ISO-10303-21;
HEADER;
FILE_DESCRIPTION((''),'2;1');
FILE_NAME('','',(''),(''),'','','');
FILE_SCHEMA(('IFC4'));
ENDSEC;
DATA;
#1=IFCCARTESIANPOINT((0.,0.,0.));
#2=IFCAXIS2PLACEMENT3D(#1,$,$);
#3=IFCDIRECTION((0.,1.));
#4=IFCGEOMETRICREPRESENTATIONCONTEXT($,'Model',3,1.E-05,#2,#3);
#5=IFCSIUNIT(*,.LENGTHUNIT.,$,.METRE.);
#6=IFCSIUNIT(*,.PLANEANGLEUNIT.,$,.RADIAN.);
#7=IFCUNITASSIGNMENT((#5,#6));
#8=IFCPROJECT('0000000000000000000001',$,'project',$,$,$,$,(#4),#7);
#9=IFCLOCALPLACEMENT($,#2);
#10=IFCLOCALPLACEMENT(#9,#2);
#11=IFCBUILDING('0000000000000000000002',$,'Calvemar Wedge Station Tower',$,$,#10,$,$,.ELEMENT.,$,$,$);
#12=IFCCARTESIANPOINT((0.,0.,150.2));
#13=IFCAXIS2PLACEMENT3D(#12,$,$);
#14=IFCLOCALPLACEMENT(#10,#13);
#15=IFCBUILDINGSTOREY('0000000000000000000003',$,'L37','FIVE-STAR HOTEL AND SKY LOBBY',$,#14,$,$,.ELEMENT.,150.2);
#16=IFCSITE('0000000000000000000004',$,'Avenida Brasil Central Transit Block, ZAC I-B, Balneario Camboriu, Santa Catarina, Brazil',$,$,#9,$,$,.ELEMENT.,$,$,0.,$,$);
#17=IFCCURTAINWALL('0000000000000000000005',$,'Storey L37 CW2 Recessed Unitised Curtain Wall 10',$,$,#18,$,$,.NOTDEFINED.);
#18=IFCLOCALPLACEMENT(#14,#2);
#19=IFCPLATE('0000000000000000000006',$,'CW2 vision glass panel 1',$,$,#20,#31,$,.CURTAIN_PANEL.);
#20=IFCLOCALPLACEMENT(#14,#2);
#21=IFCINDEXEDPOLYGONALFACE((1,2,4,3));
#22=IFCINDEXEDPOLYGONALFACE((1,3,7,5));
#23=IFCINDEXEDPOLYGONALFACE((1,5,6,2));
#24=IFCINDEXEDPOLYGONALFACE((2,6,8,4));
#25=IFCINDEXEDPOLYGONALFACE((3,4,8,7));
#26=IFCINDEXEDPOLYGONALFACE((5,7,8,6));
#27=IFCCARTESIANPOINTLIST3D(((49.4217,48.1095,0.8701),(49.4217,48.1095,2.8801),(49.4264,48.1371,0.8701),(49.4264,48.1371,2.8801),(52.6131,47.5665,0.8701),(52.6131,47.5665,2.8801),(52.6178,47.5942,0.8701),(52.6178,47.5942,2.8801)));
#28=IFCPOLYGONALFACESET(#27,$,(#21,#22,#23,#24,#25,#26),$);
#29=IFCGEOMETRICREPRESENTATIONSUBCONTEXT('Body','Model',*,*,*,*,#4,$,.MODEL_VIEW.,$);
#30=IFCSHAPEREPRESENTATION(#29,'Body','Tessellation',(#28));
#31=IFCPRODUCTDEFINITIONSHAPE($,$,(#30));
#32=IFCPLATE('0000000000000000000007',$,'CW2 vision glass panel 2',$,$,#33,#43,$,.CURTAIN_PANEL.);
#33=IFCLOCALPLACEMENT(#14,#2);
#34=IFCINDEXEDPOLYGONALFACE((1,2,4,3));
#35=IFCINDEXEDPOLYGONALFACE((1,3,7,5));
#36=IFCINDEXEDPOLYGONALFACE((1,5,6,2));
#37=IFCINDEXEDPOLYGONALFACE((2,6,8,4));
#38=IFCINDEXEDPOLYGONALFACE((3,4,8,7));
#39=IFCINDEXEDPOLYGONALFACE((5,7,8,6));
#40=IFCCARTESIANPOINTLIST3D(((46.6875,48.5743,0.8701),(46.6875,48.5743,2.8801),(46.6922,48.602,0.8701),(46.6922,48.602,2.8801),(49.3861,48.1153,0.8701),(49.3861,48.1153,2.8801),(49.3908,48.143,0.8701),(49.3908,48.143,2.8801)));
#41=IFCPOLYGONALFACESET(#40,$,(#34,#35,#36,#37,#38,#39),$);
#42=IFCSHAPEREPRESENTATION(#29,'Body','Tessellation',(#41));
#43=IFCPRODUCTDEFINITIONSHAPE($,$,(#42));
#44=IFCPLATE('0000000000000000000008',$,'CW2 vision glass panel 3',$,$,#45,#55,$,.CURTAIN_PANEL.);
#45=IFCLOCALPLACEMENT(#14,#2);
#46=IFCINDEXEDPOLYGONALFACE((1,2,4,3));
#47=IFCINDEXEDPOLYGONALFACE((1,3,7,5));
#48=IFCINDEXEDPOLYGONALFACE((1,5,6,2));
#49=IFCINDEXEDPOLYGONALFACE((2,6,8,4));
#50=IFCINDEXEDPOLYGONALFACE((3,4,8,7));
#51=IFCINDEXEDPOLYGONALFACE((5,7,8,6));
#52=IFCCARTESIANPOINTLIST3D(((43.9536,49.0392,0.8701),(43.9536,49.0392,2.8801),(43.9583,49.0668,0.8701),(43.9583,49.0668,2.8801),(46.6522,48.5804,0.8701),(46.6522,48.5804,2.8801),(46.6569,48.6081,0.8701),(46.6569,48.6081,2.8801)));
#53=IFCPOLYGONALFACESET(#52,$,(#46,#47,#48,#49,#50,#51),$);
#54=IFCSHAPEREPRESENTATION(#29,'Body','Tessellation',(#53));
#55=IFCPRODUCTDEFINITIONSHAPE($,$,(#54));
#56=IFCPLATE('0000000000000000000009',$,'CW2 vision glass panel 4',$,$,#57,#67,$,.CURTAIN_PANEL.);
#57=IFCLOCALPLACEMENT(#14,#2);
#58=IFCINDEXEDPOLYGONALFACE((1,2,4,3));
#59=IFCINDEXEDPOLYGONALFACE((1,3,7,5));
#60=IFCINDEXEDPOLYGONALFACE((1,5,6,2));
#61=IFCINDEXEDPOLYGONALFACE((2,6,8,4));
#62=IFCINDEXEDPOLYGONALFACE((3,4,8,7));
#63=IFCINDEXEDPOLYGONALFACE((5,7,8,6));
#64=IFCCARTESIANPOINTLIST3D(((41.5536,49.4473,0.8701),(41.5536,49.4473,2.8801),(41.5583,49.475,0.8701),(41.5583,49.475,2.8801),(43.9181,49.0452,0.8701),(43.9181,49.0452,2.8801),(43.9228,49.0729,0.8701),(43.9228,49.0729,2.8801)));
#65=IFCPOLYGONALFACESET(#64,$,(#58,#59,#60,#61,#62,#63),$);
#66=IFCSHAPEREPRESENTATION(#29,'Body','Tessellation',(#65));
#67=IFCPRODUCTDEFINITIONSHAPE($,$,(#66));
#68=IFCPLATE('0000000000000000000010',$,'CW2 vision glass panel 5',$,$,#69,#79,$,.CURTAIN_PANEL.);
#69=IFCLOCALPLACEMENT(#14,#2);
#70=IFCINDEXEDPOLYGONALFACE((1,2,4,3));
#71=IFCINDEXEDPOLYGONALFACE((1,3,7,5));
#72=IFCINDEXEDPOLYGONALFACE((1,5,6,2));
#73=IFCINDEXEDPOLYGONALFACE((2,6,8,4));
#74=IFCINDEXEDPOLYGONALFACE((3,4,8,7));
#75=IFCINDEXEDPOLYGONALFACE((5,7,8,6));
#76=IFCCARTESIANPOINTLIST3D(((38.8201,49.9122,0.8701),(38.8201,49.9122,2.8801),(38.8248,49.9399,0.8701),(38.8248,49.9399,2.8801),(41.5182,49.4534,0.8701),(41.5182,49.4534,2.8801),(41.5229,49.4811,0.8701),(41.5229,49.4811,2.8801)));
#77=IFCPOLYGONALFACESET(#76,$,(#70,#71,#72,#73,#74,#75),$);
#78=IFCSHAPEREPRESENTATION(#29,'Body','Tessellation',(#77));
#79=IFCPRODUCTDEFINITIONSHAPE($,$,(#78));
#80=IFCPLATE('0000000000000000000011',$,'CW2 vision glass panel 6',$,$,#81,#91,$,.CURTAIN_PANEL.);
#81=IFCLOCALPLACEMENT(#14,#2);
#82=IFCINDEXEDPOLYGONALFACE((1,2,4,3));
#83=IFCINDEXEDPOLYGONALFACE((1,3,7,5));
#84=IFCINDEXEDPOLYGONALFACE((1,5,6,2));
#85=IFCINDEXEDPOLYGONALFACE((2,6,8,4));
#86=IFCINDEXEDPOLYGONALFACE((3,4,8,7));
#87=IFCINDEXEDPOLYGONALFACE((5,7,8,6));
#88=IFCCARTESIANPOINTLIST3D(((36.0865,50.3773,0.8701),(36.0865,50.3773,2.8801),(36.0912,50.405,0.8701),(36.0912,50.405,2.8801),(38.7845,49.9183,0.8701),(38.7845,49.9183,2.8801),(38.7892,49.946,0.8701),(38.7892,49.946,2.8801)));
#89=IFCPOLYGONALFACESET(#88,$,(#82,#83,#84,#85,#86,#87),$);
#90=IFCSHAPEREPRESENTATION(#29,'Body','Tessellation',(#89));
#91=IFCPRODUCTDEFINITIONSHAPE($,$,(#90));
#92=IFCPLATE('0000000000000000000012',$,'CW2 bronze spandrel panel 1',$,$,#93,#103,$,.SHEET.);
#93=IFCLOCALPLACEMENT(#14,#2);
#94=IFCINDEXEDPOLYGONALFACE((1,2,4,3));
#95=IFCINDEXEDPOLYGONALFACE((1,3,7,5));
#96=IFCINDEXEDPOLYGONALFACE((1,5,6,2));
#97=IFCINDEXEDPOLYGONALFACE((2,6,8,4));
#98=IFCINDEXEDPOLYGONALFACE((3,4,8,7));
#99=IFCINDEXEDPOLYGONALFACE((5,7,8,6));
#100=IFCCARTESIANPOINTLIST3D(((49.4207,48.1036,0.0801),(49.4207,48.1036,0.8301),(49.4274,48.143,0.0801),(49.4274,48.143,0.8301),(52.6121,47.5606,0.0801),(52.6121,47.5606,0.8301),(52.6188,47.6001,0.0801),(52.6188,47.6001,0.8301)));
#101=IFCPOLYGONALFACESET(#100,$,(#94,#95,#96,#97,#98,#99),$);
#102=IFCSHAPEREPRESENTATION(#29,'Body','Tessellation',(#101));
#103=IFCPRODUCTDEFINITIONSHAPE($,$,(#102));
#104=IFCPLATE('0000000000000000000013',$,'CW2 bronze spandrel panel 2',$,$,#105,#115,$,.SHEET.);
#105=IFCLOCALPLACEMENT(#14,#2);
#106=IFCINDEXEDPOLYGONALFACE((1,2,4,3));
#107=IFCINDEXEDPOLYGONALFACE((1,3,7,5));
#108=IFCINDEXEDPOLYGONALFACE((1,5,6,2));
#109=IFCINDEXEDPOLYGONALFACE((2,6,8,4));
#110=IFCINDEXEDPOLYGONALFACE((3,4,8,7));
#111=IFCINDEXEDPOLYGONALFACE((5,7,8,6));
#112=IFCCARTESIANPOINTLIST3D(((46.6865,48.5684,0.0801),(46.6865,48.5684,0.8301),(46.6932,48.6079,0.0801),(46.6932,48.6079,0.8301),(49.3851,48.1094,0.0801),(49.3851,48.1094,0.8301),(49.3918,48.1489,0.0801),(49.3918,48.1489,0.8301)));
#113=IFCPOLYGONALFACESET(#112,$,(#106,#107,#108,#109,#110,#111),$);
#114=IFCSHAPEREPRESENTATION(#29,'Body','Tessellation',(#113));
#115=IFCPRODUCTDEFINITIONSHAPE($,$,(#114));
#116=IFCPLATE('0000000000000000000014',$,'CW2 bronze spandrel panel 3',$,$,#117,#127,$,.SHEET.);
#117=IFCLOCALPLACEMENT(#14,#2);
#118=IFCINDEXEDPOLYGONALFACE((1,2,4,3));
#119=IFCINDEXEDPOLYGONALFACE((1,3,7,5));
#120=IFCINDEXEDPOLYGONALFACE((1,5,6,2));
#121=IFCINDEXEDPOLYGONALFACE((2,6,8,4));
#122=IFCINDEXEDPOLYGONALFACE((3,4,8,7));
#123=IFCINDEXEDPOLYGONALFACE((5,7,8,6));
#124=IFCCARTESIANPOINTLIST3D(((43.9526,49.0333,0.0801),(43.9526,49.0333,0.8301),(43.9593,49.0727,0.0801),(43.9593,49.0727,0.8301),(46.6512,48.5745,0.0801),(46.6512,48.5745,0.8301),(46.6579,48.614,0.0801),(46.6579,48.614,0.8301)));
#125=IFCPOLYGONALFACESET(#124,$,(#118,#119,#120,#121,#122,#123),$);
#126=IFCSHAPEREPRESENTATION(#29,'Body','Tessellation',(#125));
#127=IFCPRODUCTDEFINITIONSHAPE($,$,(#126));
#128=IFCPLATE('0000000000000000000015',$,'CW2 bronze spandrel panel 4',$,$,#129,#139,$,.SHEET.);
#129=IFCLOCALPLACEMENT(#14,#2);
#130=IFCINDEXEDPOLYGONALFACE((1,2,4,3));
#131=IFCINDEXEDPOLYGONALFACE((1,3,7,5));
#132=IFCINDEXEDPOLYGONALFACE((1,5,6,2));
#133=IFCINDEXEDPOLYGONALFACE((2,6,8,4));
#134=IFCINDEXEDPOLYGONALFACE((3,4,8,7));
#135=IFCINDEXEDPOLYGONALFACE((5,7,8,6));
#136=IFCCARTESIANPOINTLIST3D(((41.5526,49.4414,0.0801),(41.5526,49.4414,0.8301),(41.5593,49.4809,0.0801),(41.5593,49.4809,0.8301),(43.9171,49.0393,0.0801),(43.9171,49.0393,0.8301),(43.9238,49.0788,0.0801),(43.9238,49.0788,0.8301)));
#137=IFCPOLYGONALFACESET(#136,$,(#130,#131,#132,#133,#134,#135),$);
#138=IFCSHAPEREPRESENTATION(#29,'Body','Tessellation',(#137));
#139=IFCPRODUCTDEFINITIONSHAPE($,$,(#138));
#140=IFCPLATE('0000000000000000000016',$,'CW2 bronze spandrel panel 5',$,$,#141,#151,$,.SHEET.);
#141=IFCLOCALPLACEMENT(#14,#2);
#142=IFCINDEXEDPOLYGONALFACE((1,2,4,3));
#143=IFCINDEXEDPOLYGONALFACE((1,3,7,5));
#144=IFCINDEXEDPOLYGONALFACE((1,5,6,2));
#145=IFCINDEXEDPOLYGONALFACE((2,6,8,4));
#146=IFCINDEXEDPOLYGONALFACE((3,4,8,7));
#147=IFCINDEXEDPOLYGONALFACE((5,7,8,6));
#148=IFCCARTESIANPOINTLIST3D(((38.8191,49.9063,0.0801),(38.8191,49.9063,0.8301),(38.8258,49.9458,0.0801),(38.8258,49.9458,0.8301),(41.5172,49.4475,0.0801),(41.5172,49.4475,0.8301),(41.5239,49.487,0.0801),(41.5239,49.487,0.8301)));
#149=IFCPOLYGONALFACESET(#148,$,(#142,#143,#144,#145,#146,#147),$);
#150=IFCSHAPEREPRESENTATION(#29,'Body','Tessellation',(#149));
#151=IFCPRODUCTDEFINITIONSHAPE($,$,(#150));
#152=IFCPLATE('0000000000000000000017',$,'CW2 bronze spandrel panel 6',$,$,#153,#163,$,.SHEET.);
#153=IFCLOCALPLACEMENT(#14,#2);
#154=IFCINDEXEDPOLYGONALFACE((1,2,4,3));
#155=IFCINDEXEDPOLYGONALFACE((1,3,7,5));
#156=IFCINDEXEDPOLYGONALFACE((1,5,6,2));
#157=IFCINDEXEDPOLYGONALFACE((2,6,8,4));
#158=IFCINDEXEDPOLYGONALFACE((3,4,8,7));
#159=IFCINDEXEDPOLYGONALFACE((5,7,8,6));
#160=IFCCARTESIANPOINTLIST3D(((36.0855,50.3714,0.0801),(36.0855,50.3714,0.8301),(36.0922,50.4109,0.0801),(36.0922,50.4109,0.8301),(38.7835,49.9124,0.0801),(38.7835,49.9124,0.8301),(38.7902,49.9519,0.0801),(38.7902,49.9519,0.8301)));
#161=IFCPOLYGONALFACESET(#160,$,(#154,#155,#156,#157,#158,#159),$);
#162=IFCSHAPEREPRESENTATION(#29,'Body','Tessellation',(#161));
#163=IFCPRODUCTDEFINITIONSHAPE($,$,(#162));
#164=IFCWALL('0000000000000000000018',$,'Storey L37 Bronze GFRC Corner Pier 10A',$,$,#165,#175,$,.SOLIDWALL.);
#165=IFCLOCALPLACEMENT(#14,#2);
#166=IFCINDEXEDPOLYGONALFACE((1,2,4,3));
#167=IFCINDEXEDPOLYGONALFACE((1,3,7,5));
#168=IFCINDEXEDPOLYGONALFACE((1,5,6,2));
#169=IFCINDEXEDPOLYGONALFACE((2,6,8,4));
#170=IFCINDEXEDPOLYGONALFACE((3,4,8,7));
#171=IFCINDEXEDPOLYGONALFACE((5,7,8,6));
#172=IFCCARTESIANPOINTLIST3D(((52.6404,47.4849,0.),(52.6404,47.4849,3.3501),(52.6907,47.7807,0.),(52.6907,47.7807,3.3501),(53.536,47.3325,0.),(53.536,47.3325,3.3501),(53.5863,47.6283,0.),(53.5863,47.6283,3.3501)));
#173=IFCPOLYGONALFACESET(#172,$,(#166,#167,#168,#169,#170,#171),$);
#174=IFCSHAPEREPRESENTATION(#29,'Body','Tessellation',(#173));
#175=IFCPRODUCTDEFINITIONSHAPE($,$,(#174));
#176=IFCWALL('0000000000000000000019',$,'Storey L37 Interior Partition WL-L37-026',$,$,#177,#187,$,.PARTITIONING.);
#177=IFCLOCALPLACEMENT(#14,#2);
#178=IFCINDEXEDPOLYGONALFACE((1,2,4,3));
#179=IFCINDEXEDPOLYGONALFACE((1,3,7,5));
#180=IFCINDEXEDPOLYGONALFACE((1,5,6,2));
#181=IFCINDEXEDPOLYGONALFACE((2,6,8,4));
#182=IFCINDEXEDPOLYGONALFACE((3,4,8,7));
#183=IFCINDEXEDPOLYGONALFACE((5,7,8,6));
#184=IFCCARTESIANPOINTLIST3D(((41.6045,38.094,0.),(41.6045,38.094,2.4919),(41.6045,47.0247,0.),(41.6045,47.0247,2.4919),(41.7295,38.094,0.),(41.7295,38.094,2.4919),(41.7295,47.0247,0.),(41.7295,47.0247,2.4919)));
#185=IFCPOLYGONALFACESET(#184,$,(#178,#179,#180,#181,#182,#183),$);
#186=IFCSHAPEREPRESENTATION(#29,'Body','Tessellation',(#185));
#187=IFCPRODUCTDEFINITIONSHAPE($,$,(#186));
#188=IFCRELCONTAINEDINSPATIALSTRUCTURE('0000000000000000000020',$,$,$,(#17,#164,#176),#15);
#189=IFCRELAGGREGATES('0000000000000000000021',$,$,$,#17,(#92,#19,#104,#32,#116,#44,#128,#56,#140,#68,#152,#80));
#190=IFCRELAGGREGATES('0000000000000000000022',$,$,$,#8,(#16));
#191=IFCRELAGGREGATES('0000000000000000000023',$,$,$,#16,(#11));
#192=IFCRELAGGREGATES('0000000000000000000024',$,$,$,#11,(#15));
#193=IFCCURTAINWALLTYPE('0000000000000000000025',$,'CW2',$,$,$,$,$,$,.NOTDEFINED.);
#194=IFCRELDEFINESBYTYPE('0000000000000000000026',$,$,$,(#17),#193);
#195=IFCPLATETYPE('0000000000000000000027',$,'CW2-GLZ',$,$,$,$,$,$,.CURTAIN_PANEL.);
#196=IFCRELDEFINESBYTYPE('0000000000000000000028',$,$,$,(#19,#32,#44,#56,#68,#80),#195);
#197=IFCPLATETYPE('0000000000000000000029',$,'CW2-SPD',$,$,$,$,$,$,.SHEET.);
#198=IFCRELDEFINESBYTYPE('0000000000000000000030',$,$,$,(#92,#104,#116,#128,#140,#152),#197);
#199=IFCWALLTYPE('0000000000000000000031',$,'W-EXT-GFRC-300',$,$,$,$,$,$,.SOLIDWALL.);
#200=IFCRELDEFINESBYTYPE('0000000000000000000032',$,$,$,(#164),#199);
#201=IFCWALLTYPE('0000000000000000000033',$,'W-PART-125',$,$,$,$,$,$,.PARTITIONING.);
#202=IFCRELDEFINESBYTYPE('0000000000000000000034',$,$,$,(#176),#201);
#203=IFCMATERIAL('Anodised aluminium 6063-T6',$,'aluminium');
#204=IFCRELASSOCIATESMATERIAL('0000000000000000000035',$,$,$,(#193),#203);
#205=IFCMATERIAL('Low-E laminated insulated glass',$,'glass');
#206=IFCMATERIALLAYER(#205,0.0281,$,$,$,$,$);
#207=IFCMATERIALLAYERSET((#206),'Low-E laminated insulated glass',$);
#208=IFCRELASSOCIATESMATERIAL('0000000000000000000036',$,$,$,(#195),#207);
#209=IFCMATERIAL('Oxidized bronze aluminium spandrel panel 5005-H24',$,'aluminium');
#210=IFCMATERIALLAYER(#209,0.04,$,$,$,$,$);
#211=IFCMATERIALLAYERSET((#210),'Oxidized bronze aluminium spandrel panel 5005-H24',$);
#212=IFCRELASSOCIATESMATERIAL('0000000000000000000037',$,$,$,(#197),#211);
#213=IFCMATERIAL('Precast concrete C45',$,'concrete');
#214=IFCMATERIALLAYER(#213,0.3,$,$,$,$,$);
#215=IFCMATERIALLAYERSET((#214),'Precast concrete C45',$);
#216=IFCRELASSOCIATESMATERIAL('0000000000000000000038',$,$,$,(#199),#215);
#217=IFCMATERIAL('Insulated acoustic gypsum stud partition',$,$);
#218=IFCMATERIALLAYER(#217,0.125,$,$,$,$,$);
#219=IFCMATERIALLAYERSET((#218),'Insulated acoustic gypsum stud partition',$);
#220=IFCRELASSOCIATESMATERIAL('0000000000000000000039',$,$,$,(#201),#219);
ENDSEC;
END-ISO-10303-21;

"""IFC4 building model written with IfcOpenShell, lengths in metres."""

from ifc_helpers import new_model, si_unit, direction, frame, frame_2d, origin, place, context, subcontext, project, spatial, rectangle, extrude, material, layer, layer_set, type_object, element, aggregate, save


model = new_model("IFC4")

# Units and contexts
model_context = context("Model", 3, precision=1e-05, world=origin(), true_north=direction((0.0, 1.0)))
body_context = subcontext(model_context, "Body", "Model", "MODEL_VIEW")
ifc_project = project(units=[si_unit("LENGTHUNIT", "METRE"), si_unit("PLANEANGLEUNIT", "RADIAN")], contexts=[model_context])

# Site, building, storey
site_placement = place(None, origin())
site = spatial("IfcSite", under=ifc_project, at=site_placement, Name="Avenida Brasil Central Transit Block, ZAC I-B, Balneario Camboriu, Santa Catarina, Brazil", CompositionType="ELEMENT", RefElevation=0.0)
building_placement = place(site_placement, origin())
building = spatial("IfcBuilding", under=site, at=building_placement, Name="Calvemar Wedge Station Tower", CompositionType="ELEMENT")
storey_placement = place(building_placement, frame((0.0, 0.0, 150.2)))
storey = spatial("IfcBuildingStorey", under=building, at=storey_placement, Name="L37", Description="FIVE-STAR HOTEL AND SKY LOBBY", CompositionType="ELEMENT", Elevation=150.2)

# Curtain wall, plates
ifc_material_1 = material(Name="Anodised aluminium 6063-T6", Category="aluminium")
curtain_wall_type = type_object("IfcCurtainWallType", Name="CW2", PredefinedType="NOTDEFINED", material=ifc_material_1)
curtain_wall_placement = place(storey_placement, origin())
curtain_wall = element("IfcCurtainWall", 1, at=curtain_wall_placement, inside=storey, type_object=curtain_wall_type, Name="Storey L37 CW2 Recessed Unitised Curtain Wall 10", PredefinedType="NOTDEFINED")
ifc_material_2 = material(Name="Low-E laminated insulated glass", Category="glass")
ifc_layer_1 = layer(ifc_material_2, 0.0281)
ifc_layer_set_1 = layer_set([ifc_layer_1], Name="Low-E laminated insulated glass")
plate_type_1 = type_object("IfcPlateType", Name="CW2-GLZ", PredefinedType="CURTAIN_PANEL", material=ifc_layer_set_1)
plate_1_placement = place(storey_placement, frame((52.6155, 47.5803, 0.8701), z_axis=(0.0, 0.0, 1.0), x_axis=(-0.985834, 0.167724, 0.0)))
plate_1 = element("IfcPlate", 2, at=plate_1_placement, type_object=plate_type_1, Name="CW2 vision glass panel 1", PredefinedType="CURTAIN_PANEL", context=body_context, shape_type="SweptSolid", body=[
    extrude(rectangle(XDim=3.2373, YDim=0.0281, at=frame_2d((1.6187, 0.0))), origin(), (0.0, 0.0, 1.0), 2.01),
])
plate_2_placement = place(storey_placement, frame((49.3884, 48.1292, 0.8701), z_axis=(0.0, 0.0, 1.0), x_axis=(-0.985841, 0.167681, 0.0)))
plate_2 = element("IfcPlate", 3, at=plate_2_placement, type_object=plate_type_1, Name="CW2 vision glass panel 2", PredefinedType="CURTAIN_PANEL", context=body_context, shape_type="SweptSolid", body=[
    extrude(rectangle(XDim=2.7373, YDim=0.0281, at=frame_2d((1.3687, 0.0))), origin(), (0.0, 0.0, 1.0), 2.01),
])
plate_3_placement = place(storey_placement, frame((46.6545, 48.5942, 0.8701), z_axis=(0.0, 0.0, 1.0), x_axis=(-0.985856, 0.167595, 0.0)))
plate_3 = element("IfcPlate", 4, at=plate_3_placement, type_object=plate_type_1, Name="CW2 vision glass panel 3", PredefinedType="CURTAIN_PANEL", context=body_context, shape_type="SweptSolid", body=[
    extrude(rectangle(XDim=2.7373, YDim=0.0281, at=frame_2d((1.3687, 0.0))), origin(), (0.0, 0.0, 1.0), 2.01),
])
plate_4_placement = place(storey_placement, frame((43.9204, 49.0591, 0.8701), z_axis=(0.0, 0.0, 1.0), x_axis=(-0.985847, 0.16765, 0.0)))
plate_4 = element("IfcPlate", 5, at=plate_4_placement, type_object=plate_type_1, Name="CW2 vision glass panel 4", PredefinedType="CURTAIN_PANEL", context=body_context, shape_type="SweptSolid", body=[
    extrude(rectangle(XDim=2.3984, YDim=0.0281, at=frame_2d((1.1992, 0.0))), origin(), (0.0, 0.0, 1.0), 2.01),
])
plate_5_placement = place(storey_placement, frame((41.5205, 49.4673, 0.8701), z_axis=(0.0, 0.0, 1.0), x_axis=(-0.985851, 0.167624, 0.0)))
plate_5 = element("IfcPlate", 6, at=plate_5_placement, type_object=plate_type_1, Name="CW2 vision glass panel 5", PredefinedType="CURTAIN_PANEL", context=body_context, shape_type="SweptSolid", body=[
    extrude(rectangle(XDim=2.7368, YDim=0.0281, at=frame_2d((1.3684, 0.0))), origin(), (0.0, 0.0, 1.0), 2.01),
])
plate_6_placement = place(storey_placement, frame((38.7869, 49.9321, 0.8701), z_axis=(0.0, 0.0, 1.0), x_axis=(-0.985836, 0.167711, 0.0)))
plate_6 = element("IfcPlate", 7, at=plate_6_placement, type_object=plate_type_1, Name="CW2 vision glass panel 6", PredefinedType="CURTAIN_PANEL", context=body_context, shape_type="SweptSolid", body=[
    extrude(rectangle(XDim=2.7368, YDim=0.0281, at=frame_2d((1.3684, 0.0))), origin(), (0.0, 0.0, 1.0), 2.01),
])
ifc_material_3 = material(Name="Oxidized bronze aluminium spandrel panel 5005-H24", Category="aluminium")
ifc_layer_2 = layer(ifc_material_3, 0.04)
ifc_layer_set_2 = layer_set([ifc_layer_2], Name="Oxidized bronze aluminium spandrel panel 5005-H24")
plate_type_2 = type_object("IfcPlateType", Name="CW2-SPD", PredefinedType="SHEET", material=ifc_layer_set_2)
plate_7_placement = place(storey_placement, frame((52.6155, 47.5803, 0.0801), z_axis=(0.0, 0.0, 1.0), x_axis=(-0.985834, 0.167724, 0.0)))
plate_7 = element("IfcPlate", 8, at=plate_7_placement, type_object=plate_type_2, Name="CW2 bronze spandrel panel 1", PredefinedType="SHEET", context=body_context, shape_type="SweptSolid", body=[
    extrude(rectangle(XDim=3.2373, YDim=0.04, at=frame_2d((1.6187, 0.0))), origin(), (0.0, 0.0, 1.0), 0.75),
])
plate_8_placement = place(storey_placement, frame((49.3884, 48.1292, 0.0801), z_axis=(0.0, 0.0, 1.0), x_axis=(-0.985841, 0.167681, 0.0)))
plate_8 = element("IfcPlate", 9, at=plate_8_placement, type_object=plate_type_2, Name="CW2 bronze spandrel panel 2", PredefinedType="SHEET", context=body_context, shape_type="SweptSolid", body=[
    extrude(rectangle(XDim=2.7373, YDim=0.04, at=frame_2d((1.3687, 0.0))), origin(), (0.0, 0.0, 1.0), 0.75),
])
plate_9_placement = place(storey_placement, frame((46.6545, 48.5942, 0.0801), z_axis=(0.0, 0.0, 1.0), x_axis=(-0.985856, 0.167595, 0.0)))
plate_9 = element("IfcPlate", 10, at=plate_9_placement, type_object=plate_type_2, Name="CW2 bronze spandrel panel 3", PredefinedType="SHEET", context=body_context, shape_type="SweptSolid", body=[
    extrude(rectangle(XDim=2.7373, YDim=0.04, at=frame_2d((1.3687, 0.0))), origin(), (0.0, 0.0, 1.0), 0.75),
])
plate_10_placement = place(storey_placement, frame((43.9204, 49.0591, 0.0801), z_axis=(0.0, 0.0, 1.0), x_axis=(-0.985847, 0.16765, 0.0)))
plate_10 = element("IfcPlate", 11, at=plate_10_placement, type_object=plate_type_2, Name="CW2 bronze spandrel panel 4", PredefinedType="SHEET", context=body_context, shape_type="SweptSolid", body=[
    extrude(rectangle(XDim=2.3984, YDim=0.04, at=frame_2d((1.1992, 0.0))), origin(), (0.0, 0.0, 1.0), 0.75),
])
plate_11_placement = place(storey_placement, frame((41.5205, 49.4673, 0.0801), z_axis=(0.0, 0.0, 1.0), x_axis=(-0.985851, 0.167624, 0.0)))
plate_11 = element("IfcPlate", 12, at=plate_11_placement, type_object=plate_type_2, Name="CW2 bronze spandrel panel 5", PredefinedType="SHEET", context=body_context, shape_type="SweptSolid", body=[
    extrude(rectangle(XDim=2.7368, YDim=0.04, at=frame_2d((1.3684, 0.0))), origin(), (0.0, 0.0, 1.0), 0.75),
])
plate_12_placement = place(storey_placement, frame((38.7869, 49.9321, 0.0801), z_axis=(0.0, 0.0, 1.0), x_axis=(-0.985836, 0.167711, 0.0)))
plate_12 = element("IfcPlate", 13, at=plate_12_placement, type_object=plate_type_2, Name="CW2 bronze spandrel panel 6", PredefinedType="SHEET", context=body_context, shape_type="SweptSolid", body=[
    extrude(rectangle(XDim=2.7368, YDim=0.04, at=frame_2d((1.3684, 0.0))), origin(), (0.0, 0.0, 1.0), 0.75),
])
aggregate(curtain_wall, [plate_7, plate_1, plate_8, plate_2, plate_9, plate_3, plate_10, plate_4, plate_11, plate_5, plate_12, plate_6])

# Walls
ifc_material_4 = material(Name="Precast concrete C45", Category="concrete")
ifc_layer_3 = layer(ifc_material_4, 0.3)
ifc_layer_set_3 = layer_set([ifc_layer_3], Name="Precast concrete C45")
wall_type_1 = type_object("IfcWallType", Name="W-EXT-GFRC-300", PredefinedType="SOLIDWALL", material=ifc_layer_set_3)
wall_1_placement = place(storey_placement, frame((53.561, 47.4805, 0.0), z_axis=(0.0, 0.0, 1.0), x_axis=(-0.985836, 0.16771, 0.0)))
element("IfcWall", 14, at=wall_1_placement, inside=storey, type_object=wall_type_1, Name="Storey L37 Bronze GFRC Corner Pier 10A", PredefinedType="SOLIDWALL", context=body_context, shape_type="SweptSolid", body=[
    extrude(rectangle(XDim=0.9084, YDim=0.3, at=frame_2d((0.4541, 0.0))), origin(), (0.0, 0.0, 1.0), 3.3501),
])
ifc_material_5 = material(Name="Insulated acoustic gypsum stud partition")
ifc_layer_4 = layer(ifc_material_5, 0.125)
ifc_layer_set_4 = layer_set([ifc_layer_4], Name="Insulated acoustic gypsum stud partition")
wall_type_2 = type_object("IfcWallType", Name="W-PART-125", PredefinedType="PARTITIONING", material=ifc_layer_set_4)
wall_2_placement = place(storey_placement, frame((41.667, 47.0247, 0.0), z_axis=(0.0, 0.0, 1.0), x_axis=(0.0, -1.0, 0.0)))
element("IfcWall", 15, at=wall_2_placement, inside=storey, type_object=wall_type_2, Name="Storey L37 Interior Partition WL-L37-026", PredefinedType="PARTITIONING", context=body_context, shape_type="SweptSolid", body=[
    extrude(rectangle(XDim=8.9307, YDim=0.125, at=frame_2d((4.4653, 0.0))), origin(), (0.0, 0.0, 1.0), 2.4919),
])

save(model, "model.ifc")
